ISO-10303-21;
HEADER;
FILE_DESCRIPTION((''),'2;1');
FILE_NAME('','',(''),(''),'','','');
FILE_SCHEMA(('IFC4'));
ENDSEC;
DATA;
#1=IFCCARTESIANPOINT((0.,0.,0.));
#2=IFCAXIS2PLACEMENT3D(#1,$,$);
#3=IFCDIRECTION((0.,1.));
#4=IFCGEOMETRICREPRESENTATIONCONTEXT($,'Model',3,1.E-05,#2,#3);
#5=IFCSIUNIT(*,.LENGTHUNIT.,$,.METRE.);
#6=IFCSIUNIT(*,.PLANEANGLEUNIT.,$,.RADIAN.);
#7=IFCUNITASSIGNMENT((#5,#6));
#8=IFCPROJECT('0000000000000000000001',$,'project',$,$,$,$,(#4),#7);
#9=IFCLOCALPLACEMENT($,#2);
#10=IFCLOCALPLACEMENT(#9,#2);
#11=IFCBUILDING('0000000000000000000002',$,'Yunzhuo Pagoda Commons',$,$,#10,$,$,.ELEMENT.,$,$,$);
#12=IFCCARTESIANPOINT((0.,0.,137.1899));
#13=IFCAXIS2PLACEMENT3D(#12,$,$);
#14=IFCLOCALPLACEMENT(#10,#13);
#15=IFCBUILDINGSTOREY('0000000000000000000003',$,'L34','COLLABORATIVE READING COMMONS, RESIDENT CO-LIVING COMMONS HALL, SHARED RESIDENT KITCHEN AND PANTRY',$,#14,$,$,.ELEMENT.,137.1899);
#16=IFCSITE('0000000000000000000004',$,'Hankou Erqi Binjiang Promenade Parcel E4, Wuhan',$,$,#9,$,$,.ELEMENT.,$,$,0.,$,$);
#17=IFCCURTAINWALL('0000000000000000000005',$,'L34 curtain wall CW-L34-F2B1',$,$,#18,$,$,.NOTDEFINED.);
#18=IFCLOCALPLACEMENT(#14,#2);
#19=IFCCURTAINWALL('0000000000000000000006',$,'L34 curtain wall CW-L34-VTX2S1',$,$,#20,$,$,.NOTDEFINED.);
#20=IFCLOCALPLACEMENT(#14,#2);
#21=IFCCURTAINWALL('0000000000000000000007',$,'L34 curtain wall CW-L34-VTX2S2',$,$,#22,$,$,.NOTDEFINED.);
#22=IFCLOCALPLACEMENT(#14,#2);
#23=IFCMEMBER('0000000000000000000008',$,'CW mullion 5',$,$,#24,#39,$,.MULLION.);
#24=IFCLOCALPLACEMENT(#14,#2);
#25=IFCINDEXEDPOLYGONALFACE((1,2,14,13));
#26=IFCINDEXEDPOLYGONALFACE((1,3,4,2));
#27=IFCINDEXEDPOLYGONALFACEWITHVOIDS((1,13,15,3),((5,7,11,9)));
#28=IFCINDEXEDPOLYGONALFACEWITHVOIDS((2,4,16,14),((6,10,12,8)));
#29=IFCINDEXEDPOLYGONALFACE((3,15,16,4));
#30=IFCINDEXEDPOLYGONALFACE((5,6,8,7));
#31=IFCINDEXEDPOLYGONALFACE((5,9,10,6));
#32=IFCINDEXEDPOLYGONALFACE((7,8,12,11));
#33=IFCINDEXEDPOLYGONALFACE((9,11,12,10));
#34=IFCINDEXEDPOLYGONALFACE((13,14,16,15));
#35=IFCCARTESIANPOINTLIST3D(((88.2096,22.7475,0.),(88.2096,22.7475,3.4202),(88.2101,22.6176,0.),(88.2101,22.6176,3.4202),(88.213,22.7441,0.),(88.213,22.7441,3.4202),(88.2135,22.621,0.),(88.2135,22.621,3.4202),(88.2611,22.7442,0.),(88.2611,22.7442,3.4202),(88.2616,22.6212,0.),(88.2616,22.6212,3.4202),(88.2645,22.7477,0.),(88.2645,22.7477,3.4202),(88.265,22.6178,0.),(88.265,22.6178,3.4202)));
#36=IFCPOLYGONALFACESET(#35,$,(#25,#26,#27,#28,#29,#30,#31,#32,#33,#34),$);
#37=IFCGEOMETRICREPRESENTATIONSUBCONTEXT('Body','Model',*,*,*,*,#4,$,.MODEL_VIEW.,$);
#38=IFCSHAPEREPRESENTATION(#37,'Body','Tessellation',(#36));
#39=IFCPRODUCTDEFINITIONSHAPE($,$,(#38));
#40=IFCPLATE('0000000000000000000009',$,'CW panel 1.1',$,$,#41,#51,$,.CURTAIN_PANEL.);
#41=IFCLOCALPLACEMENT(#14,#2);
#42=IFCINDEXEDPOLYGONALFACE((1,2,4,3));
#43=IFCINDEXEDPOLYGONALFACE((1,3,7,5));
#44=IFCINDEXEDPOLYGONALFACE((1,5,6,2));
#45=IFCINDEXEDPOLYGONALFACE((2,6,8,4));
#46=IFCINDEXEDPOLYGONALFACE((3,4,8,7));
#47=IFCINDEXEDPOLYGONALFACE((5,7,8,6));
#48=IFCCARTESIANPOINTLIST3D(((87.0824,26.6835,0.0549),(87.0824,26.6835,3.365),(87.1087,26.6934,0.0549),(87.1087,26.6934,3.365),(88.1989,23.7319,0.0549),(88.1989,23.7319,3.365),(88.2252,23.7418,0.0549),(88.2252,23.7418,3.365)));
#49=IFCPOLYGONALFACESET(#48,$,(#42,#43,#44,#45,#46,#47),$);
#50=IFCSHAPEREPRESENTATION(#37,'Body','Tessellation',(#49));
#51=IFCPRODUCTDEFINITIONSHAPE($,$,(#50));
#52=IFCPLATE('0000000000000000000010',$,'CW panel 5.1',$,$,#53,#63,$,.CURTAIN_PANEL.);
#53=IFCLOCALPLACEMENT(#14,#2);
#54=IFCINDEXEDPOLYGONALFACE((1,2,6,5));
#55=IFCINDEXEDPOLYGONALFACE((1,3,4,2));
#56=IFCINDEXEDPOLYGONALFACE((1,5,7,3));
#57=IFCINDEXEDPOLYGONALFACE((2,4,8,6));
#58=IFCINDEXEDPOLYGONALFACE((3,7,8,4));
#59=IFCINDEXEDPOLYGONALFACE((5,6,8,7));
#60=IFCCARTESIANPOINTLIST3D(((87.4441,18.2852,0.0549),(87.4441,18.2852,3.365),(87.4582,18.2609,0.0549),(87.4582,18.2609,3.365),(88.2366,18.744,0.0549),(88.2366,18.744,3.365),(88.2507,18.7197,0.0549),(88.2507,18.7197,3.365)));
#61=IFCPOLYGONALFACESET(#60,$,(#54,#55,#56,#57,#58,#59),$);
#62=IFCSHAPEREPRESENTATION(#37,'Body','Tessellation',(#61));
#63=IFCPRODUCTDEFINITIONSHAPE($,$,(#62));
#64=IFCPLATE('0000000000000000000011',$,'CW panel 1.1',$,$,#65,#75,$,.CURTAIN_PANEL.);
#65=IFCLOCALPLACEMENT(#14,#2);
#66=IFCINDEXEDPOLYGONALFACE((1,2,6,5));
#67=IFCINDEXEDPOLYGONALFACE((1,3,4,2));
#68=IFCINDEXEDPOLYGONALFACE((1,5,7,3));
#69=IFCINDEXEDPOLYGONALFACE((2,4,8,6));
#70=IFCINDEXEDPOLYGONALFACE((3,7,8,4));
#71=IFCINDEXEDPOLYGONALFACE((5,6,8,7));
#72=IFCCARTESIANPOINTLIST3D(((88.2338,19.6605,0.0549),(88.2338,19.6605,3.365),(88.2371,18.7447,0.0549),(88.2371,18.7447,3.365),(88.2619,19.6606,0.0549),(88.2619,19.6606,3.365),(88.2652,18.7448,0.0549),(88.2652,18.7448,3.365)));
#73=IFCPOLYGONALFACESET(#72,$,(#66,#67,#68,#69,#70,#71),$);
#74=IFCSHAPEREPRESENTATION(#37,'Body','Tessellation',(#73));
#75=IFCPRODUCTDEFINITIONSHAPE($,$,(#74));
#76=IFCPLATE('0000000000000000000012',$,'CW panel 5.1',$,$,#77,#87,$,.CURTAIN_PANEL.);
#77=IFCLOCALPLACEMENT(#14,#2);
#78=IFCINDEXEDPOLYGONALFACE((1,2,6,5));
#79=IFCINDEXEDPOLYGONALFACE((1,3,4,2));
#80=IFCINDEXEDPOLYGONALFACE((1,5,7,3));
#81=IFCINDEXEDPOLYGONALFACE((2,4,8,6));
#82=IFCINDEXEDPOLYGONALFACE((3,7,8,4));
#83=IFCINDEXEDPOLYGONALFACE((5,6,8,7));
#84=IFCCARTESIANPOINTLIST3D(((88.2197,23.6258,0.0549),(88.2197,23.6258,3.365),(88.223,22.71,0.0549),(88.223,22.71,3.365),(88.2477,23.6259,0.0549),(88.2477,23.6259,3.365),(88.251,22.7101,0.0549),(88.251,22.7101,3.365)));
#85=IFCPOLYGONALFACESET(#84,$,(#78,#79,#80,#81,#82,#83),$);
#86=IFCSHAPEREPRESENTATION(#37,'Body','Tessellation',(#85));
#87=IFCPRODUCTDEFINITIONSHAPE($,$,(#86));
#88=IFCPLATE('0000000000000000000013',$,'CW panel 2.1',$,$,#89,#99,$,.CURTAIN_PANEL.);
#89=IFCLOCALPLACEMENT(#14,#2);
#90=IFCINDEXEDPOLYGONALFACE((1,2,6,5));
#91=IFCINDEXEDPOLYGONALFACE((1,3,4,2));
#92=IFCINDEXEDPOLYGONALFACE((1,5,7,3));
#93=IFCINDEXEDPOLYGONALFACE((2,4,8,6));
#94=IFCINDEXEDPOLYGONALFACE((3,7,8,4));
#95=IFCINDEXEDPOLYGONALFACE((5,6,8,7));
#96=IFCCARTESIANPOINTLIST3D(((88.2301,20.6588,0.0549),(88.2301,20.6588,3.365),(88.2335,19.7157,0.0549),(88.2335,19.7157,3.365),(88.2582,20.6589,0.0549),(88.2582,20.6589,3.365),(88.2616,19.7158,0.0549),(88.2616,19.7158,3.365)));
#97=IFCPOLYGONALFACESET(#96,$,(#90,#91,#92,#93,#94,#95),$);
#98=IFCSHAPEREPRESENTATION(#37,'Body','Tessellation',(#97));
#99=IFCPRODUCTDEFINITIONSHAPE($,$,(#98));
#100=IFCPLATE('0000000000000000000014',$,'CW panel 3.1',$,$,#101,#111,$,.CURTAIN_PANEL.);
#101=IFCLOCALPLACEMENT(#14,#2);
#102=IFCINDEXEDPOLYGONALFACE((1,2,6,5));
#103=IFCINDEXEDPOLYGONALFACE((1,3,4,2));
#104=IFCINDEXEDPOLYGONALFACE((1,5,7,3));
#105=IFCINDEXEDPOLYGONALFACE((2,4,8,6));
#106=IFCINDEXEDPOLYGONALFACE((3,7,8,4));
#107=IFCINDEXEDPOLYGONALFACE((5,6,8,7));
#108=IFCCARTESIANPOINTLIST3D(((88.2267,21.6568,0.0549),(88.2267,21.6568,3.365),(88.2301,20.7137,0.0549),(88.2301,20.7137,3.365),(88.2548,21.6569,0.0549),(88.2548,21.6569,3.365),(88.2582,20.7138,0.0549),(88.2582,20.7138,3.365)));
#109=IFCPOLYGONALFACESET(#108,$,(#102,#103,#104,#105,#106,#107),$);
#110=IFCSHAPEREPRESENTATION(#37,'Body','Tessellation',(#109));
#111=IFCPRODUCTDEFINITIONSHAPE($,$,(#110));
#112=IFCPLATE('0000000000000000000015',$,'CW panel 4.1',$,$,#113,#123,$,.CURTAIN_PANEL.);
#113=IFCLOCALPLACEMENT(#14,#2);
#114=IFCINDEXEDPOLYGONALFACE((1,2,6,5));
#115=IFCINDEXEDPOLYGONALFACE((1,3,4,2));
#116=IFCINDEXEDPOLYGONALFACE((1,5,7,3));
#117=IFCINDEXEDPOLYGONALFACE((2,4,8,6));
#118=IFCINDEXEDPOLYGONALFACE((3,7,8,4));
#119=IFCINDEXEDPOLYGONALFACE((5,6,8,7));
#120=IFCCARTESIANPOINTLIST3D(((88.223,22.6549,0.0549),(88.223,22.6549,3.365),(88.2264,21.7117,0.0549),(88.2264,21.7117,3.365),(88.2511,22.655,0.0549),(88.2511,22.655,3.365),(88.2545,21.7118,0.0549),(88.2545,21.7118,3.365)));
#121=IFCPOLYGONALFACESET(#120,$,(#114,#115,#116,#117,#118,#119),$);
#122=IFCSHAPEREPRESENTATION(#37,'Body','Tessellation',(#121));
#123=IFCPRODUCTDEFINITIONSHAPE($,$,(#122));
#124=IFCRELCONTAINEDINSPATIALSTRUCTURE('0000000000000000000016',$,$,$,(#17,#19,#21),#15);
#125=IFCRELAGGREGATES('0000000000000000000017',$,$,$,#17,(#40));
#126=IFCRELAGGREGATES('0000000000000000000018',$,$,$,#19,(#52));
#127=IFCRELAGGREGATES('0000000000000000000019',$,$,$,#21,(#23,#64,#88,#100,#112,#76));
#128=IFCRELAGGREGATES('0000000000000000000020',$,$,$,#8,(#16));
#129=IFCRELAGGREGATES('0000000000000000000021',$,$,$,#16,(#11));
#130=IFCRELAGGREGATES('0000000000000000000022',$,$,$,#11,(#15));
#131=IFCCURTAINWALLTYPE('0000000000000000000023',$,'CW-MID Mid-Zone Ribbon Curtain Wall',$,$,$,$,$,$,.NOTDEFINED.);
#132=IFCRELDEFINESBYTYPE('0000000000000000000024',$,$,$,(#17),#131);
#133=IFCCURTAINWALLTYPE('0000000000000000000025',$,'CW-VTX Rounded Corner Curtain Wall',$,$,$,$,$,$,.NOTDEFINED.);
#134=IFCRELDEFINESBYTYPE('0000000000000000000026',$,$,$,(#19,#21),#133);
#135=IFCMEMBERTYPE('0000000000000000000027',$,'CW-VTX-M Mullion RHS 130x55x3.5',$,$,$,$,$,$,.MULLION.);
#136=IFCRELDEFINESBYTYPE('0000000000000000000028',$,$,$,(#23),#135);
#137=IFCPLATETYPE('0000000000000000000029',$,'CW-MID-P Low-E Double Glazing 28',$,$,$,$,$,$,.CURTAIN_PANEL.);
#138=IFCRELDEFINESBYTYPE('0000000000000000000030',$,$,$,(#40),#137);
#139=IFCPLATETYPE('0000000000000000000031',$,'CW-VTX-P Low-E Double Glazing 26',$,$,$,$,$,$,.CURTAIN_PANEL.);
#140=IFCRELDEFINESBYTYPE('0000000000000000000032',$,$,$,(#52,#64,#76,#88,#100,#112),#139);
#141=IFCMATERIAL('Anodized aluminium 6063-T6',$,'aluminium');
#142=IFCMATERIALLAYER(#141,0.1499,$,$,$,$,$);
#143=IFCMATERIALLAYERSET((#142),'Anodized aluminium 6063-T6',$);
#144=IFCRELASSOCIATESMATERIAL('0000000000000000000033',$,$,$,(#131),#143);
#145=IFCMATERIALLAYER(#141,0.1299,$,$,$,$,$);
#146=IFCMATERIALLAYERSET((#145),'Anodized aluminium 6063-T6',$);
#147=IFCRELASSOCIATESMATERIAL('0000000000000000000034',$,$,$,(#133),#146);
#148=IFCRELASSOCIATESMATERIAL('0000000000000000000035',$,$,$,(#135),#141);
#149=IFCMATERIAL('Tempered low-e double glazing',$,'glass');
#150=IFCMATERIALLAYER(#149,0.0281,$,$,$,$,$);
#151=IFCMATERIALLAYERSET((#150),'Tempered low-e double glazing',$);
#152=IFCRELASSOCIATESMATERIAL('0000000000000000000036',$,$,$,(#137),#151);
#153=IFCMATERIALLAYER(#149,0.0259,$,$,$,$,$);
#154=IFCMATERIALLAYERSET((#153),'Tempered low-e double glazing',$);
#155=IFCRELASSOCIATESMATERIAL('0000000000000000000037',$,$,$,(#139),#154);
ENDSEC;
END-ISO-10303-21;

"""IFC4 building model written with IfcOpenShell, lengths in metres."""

from ifc_helpers import new_model, si_unit, direction, frame, origin, origin_2d, place, context, subcontext, project, spatial, rectangle, hollow_rectangle, extrude, source, transform, mapped, material, layer, layer_set, material_profile, profile_set, type_object, element, aggregate, save


model = new_model("IFC4")

# Units and contexts
model_context = context("Model", 3, precision=1e-05, world=origin(), true_north=direction((0.0, 1.0)))
body_context = subcontext(model_context, "Body", "Model", "MODEL_VIEW")
ifc_project = project(units=[si_unit("LENGTHUNIT", "METRE"), si_unit("PLANEANGLEUNIT", "RADIAN")], contexts=[model_context])

# Site, building, storey
site_placement = place(None, origin())
site = spatial("IfcSite", under=ifc_project, at=site_placement, Name="Hankou Erqi Binjiang Promenade Parcel E4, Wuhan", CompositionType="ELEMENT", RefElevation=0.0)
building_placement = place(site_placement, origin())
building = spatial("IfcBuilding", under=site, at=building_placement, Name="Yunzhuo Pagoda Commons", CompositionType="ELEMENT")
storey_placement = place(building_placement, frame((0.0, 0.0, 137.1899)))
storey = spatial("IfcBuildingStorey", under=building, at=storey_placement, Name="L34", Description="COLLABORATIVE READING COMMONS, RESIDENT CO-LIVING COMMONS HALL, SHARED RESIDENT KITCHEN AND PANTRY", CompositionType="ELEMENT", Elevation=137.1899)

# Curtain walls
ifc_material_1 = material(Name="Anodized aluminium 6063-T6", Category="aluminium")
ifc_layer_1 = layer(ifc_material_1, 0.1499)
ifc_layer_set_1 = layer_set([ifc_layer_1], Name="Anodized aluminium 6063-T6")
curtain_wall_type_1 = type_object("IfcCurtainWallType", Name="CW-MID Mid-Zone Ribbon Curtain Wall", PredefinedType="NOTDEFINED", material=ifc_layer_set_1)
curtain_wall_1_placement = place(storey_placement, origin())
curtain_wall_1 = element("IfcCurtainWall", 1, at=curtain_wall_1_placement, inside=storey, type_object=curtain_wall_type_1, Name="L34 curtain wall CW-L34-F2B1", PredefinedType="NOTDEFINED")
ifc_layer_2 = layer(ifc_material_1, 0.1299)
ifc_layer_set_2 = layer_set([ifc_layer_2], Name="Anodized aluminium 6063-T6")
curtain_wall_type_2 = type_object("IfcCurtainWallType", Name="CW-VTX Rounded Corner Curtain Wall", PredefinedType="NOTDEFINED", material=ifc_layer_set_2)
curtain_wall_2_placement = place(storey_placement, origin())
curtain_wall_2 = element("IfcCurtainWall", 2, at=curtain_wall_2_placement, inside=storey, type_object=curtain_wall_type_2, Name="L34 curtain wall CW-L34-VTX2S1", PredefinedType="NOTDEFINED")
curtain_wall_3_placement = place(storey_placement, origin())
curtain_wall_3 = element("IfcCurtainWall", 3, at=curtain_wall_3_placement, inside=storey, type_object=curtain_wall_type_2, Name="L34 curtain wall CW-L34-VTX2S2", PredefinedType="NOTDEFINED")

# Member
ifc_material_profile_1 = material_profile(ifc_material_1, hollow_rectangle(XDim=0.0549, YDim=0.1299, WallThickness=0.0034, at=origin_2d()), Name="Anodized aluminium 6063-T6")
ifc_profile_set_1 = profile_set([ifc_material_profile_1], Name="Anodized aluminium 6063-T6")
member_type_1 = type_object("IfcMemberType", Name="CW-VTX-M Mullion RHS 130x55x3.5", PredefinedType="MULLION", material=ifc_profile_set_1)
shared_shape_1 = source(origin(), body_context, "Body", "SweptSolid", [
    extrude(hollow_rectangle(XDim=0.0549, YDim=0.1299, WallThickness=0.0034, at=origin_2d()), origin(), (0.0, 0.0, 1.0), 3.4202),
])
member_1_placement = place(storey_placement, frame((88.2373, 22.6826, 0.0), z_axis=(0.0, 0.0, 1.0), x_axis=(-0.999994, -0.003587, 0.0)))
member_1 = element("IfcMember", 4, at=member_1_placement, type_object=member_type_1, Name="CW mullion 5", PredefinedType="MULLION", context=body_context, shape_type="MappedRepresentation", body=[
    mapped(shared_shape_1, transform((0.0, 0.0, 0.0), scale=1.0)),
])

# Plates
ifc_material_2 = material(Name="Tempered low-e double glazing", Category="glass")
ifc_layer_3 = layer(ifc_material_2, 0.0281)
ifc_layer_set_3 = layer_set([ifc_layer_3], Name="Tempered low-e double glazing")
plate_type_1 = type_object("IfcPlateType", Name="CW-MID-P Low-E Double Glazing 28", PredefinedType="CURTAIN_PANEL", material=ifc_layer_set_3)
shared_shape_2 = source(origin(), body_context, "Body", "SweptSolid", [
    extrude(rectangle(XDim=3.1558, YDim=0.0281, at=origin_2d()), origin(), (0.0, 0.0, 1.0), 3.3101),
])
plate_1_placement = place(storey_placement, frame((87.6538, 25.2126, 0.0549), z_axis=(0.0, 0.0, 1.0), x_axis=(-0.353798, 0.935322, 0.0)))
plate_1 = element("IfcPlate", 5, at=plate_1_placement, type_object=plate_type_1, Name="CW panel 1.1", PredefinedType="CURTAIN_PANEL", context=body_context, shape_type="MappedRepresentation", body=[
    mapped(shared_shape_2, transform((0.0, 0.0, 0.0), scale=1.0)),
])
aggregate(curtain_wall_1, [plate_1])
ifc_layer_4 = layer(ifc_material_2, 0.0259)
ifc_layer_set_4 = layer_set([ifc_layer_4], Name="Tempered low-e double glazing")
plate_type_2 = type_object("IfcPlateType", Name="CW-VTX-P Low-E Double Glazing 26", PredefinedType="CURTAIN_PANEL", material=ifc_layer_set_4)
shared_shape_3 = source(origin(), body_context, "Body", "SweptSolid", [
    extrude(rectangle(XDim=0.9158, YDim=0.0281, at=origin_2d()), origin(), (0.0, 0.0, 1.0), 3.3101),
])
plate_2_placement = place(storey_placement, frame((87.8474, 18.5024, 0.0549), z_axis=(0.0, 0.0, 1.0), x_axis=(0.865425, 0.501038, 0.0)))
plate_2 = element("IfcPlate", 6, at=plate_2_placement, type_object=plate_type_2, Name="CW panel 5.1", PredefinedType="CURTAIN_PANEL", context=body_context, shape_type="MappedRepresentation", body=[
    mapped(shared_shape_3, transform((0.0, 0.0, 0.0), scale=1.0)),
])
aggregate(curtain_wall_2, [plate_2])
plate_3_placement = place(storey_placement, frame((88.2495, 19.2026, 0.0549), z_axis=(0.0, 0.0, 1.0), x_axis=(-0.003587, 0.999994, 0.0)))
plate_3 = element("IfcPlate", 7, at=plate_3_placement, type_object=plate_type_2, Name="CW panel 1.1", PredefinedType="CURTAIN_PANEL", context=body_context, shape_type="MappedRepresentation", body=[
    mapped(shared_shape_3, transform((0.0, 0.0, 0.0), scale=1.0)),
])
plate_4_placement = place(storey_placement, frame((88.2354, 23.168, 0.0549), z_axis=(0.0, 0.0, 1.0), x_axis=(-0.003587, 0.999994, 0.0)))
plate_4 = element("IfcPlate", 8, at=plate_4_placement, type_object=plate_type_2, Name="CW panel 5.1", PredefinedType="CURTAIN_PANEL", context=body_context, shape_type="MappedRepresentation", body=[
    mapped(shared_shape_3, transform((0.0, 0.0, 0.0), scale=1.0)),
])
shared_shape_4 = source(origin(), body_context, "Body", "SweptSolid", [
    extrude(rectangle(XDim=0.9431, YDim=0.0281, at=origin_2d()), origin(), (0.0, 0.0, 1.0), 3.3101),
])
plate_5_placement = place(storey_placement, frame((88.2458, 20.1873, 0.0549), z_axis=(0.0, 0.0, 1.0), x_axis=(-0.003587, 0.999994, 0.0)))
plate_5 = element("IfcPlate", 9, at=plate_5_placement, type_object=plate_type_2, Name="CW panel 2.1", PredefinedType="CURTAIN_PANEL", context=body_context, shape_type="MappedRepresentation", body=[
    mapped(shared_shape_4, transform((0.0, 0.0, 0.0), scale=1.0)),
])
plate_6_placement = place(storey_placement, frame((88.2424, 21.1853, 0.0549), z_axis=(0.0, 0.0, 1.0), x_axis=(-0.003587, 0.999994, 0.0)))
plate_6 = element("IfcPlate", 10, at=plate_6_placement, type_object=plate_type_2, Name="CW panel 3.1", PredefinedType="CURTAIN_PANEL", context=body_context, shape_type="MappedRepresentation", body=[
    mapped(shared_shape_4, transform((0.0, 0.0, 0.0), scale=1.0)),
])
plate_7_placement = place(storey_placement, frame((88.2388, 22.1833, 0.0549), z_axis=(0.0, 0.0, 1.0), x_axis=(-0.003587, 0.999994, 0.0)))
plate_7 = element("IfcPlate", 11, at=plate_7_placement, type_object=plate_type_2, Name="CW panel 4.1", PredefinedType="CURTAIN_PANEL", context=body_context, shape_type="MappedRepresentation", body=[
    mapped(shared_shape_4, transform((0.0, 0.0, 0.0), scale=1.0)),
])
aggregate(curtain_wall_3, [member_1, plate_3, plate_5, plate_6, plate_7, plate_4])

save(model, "model.ifc")
